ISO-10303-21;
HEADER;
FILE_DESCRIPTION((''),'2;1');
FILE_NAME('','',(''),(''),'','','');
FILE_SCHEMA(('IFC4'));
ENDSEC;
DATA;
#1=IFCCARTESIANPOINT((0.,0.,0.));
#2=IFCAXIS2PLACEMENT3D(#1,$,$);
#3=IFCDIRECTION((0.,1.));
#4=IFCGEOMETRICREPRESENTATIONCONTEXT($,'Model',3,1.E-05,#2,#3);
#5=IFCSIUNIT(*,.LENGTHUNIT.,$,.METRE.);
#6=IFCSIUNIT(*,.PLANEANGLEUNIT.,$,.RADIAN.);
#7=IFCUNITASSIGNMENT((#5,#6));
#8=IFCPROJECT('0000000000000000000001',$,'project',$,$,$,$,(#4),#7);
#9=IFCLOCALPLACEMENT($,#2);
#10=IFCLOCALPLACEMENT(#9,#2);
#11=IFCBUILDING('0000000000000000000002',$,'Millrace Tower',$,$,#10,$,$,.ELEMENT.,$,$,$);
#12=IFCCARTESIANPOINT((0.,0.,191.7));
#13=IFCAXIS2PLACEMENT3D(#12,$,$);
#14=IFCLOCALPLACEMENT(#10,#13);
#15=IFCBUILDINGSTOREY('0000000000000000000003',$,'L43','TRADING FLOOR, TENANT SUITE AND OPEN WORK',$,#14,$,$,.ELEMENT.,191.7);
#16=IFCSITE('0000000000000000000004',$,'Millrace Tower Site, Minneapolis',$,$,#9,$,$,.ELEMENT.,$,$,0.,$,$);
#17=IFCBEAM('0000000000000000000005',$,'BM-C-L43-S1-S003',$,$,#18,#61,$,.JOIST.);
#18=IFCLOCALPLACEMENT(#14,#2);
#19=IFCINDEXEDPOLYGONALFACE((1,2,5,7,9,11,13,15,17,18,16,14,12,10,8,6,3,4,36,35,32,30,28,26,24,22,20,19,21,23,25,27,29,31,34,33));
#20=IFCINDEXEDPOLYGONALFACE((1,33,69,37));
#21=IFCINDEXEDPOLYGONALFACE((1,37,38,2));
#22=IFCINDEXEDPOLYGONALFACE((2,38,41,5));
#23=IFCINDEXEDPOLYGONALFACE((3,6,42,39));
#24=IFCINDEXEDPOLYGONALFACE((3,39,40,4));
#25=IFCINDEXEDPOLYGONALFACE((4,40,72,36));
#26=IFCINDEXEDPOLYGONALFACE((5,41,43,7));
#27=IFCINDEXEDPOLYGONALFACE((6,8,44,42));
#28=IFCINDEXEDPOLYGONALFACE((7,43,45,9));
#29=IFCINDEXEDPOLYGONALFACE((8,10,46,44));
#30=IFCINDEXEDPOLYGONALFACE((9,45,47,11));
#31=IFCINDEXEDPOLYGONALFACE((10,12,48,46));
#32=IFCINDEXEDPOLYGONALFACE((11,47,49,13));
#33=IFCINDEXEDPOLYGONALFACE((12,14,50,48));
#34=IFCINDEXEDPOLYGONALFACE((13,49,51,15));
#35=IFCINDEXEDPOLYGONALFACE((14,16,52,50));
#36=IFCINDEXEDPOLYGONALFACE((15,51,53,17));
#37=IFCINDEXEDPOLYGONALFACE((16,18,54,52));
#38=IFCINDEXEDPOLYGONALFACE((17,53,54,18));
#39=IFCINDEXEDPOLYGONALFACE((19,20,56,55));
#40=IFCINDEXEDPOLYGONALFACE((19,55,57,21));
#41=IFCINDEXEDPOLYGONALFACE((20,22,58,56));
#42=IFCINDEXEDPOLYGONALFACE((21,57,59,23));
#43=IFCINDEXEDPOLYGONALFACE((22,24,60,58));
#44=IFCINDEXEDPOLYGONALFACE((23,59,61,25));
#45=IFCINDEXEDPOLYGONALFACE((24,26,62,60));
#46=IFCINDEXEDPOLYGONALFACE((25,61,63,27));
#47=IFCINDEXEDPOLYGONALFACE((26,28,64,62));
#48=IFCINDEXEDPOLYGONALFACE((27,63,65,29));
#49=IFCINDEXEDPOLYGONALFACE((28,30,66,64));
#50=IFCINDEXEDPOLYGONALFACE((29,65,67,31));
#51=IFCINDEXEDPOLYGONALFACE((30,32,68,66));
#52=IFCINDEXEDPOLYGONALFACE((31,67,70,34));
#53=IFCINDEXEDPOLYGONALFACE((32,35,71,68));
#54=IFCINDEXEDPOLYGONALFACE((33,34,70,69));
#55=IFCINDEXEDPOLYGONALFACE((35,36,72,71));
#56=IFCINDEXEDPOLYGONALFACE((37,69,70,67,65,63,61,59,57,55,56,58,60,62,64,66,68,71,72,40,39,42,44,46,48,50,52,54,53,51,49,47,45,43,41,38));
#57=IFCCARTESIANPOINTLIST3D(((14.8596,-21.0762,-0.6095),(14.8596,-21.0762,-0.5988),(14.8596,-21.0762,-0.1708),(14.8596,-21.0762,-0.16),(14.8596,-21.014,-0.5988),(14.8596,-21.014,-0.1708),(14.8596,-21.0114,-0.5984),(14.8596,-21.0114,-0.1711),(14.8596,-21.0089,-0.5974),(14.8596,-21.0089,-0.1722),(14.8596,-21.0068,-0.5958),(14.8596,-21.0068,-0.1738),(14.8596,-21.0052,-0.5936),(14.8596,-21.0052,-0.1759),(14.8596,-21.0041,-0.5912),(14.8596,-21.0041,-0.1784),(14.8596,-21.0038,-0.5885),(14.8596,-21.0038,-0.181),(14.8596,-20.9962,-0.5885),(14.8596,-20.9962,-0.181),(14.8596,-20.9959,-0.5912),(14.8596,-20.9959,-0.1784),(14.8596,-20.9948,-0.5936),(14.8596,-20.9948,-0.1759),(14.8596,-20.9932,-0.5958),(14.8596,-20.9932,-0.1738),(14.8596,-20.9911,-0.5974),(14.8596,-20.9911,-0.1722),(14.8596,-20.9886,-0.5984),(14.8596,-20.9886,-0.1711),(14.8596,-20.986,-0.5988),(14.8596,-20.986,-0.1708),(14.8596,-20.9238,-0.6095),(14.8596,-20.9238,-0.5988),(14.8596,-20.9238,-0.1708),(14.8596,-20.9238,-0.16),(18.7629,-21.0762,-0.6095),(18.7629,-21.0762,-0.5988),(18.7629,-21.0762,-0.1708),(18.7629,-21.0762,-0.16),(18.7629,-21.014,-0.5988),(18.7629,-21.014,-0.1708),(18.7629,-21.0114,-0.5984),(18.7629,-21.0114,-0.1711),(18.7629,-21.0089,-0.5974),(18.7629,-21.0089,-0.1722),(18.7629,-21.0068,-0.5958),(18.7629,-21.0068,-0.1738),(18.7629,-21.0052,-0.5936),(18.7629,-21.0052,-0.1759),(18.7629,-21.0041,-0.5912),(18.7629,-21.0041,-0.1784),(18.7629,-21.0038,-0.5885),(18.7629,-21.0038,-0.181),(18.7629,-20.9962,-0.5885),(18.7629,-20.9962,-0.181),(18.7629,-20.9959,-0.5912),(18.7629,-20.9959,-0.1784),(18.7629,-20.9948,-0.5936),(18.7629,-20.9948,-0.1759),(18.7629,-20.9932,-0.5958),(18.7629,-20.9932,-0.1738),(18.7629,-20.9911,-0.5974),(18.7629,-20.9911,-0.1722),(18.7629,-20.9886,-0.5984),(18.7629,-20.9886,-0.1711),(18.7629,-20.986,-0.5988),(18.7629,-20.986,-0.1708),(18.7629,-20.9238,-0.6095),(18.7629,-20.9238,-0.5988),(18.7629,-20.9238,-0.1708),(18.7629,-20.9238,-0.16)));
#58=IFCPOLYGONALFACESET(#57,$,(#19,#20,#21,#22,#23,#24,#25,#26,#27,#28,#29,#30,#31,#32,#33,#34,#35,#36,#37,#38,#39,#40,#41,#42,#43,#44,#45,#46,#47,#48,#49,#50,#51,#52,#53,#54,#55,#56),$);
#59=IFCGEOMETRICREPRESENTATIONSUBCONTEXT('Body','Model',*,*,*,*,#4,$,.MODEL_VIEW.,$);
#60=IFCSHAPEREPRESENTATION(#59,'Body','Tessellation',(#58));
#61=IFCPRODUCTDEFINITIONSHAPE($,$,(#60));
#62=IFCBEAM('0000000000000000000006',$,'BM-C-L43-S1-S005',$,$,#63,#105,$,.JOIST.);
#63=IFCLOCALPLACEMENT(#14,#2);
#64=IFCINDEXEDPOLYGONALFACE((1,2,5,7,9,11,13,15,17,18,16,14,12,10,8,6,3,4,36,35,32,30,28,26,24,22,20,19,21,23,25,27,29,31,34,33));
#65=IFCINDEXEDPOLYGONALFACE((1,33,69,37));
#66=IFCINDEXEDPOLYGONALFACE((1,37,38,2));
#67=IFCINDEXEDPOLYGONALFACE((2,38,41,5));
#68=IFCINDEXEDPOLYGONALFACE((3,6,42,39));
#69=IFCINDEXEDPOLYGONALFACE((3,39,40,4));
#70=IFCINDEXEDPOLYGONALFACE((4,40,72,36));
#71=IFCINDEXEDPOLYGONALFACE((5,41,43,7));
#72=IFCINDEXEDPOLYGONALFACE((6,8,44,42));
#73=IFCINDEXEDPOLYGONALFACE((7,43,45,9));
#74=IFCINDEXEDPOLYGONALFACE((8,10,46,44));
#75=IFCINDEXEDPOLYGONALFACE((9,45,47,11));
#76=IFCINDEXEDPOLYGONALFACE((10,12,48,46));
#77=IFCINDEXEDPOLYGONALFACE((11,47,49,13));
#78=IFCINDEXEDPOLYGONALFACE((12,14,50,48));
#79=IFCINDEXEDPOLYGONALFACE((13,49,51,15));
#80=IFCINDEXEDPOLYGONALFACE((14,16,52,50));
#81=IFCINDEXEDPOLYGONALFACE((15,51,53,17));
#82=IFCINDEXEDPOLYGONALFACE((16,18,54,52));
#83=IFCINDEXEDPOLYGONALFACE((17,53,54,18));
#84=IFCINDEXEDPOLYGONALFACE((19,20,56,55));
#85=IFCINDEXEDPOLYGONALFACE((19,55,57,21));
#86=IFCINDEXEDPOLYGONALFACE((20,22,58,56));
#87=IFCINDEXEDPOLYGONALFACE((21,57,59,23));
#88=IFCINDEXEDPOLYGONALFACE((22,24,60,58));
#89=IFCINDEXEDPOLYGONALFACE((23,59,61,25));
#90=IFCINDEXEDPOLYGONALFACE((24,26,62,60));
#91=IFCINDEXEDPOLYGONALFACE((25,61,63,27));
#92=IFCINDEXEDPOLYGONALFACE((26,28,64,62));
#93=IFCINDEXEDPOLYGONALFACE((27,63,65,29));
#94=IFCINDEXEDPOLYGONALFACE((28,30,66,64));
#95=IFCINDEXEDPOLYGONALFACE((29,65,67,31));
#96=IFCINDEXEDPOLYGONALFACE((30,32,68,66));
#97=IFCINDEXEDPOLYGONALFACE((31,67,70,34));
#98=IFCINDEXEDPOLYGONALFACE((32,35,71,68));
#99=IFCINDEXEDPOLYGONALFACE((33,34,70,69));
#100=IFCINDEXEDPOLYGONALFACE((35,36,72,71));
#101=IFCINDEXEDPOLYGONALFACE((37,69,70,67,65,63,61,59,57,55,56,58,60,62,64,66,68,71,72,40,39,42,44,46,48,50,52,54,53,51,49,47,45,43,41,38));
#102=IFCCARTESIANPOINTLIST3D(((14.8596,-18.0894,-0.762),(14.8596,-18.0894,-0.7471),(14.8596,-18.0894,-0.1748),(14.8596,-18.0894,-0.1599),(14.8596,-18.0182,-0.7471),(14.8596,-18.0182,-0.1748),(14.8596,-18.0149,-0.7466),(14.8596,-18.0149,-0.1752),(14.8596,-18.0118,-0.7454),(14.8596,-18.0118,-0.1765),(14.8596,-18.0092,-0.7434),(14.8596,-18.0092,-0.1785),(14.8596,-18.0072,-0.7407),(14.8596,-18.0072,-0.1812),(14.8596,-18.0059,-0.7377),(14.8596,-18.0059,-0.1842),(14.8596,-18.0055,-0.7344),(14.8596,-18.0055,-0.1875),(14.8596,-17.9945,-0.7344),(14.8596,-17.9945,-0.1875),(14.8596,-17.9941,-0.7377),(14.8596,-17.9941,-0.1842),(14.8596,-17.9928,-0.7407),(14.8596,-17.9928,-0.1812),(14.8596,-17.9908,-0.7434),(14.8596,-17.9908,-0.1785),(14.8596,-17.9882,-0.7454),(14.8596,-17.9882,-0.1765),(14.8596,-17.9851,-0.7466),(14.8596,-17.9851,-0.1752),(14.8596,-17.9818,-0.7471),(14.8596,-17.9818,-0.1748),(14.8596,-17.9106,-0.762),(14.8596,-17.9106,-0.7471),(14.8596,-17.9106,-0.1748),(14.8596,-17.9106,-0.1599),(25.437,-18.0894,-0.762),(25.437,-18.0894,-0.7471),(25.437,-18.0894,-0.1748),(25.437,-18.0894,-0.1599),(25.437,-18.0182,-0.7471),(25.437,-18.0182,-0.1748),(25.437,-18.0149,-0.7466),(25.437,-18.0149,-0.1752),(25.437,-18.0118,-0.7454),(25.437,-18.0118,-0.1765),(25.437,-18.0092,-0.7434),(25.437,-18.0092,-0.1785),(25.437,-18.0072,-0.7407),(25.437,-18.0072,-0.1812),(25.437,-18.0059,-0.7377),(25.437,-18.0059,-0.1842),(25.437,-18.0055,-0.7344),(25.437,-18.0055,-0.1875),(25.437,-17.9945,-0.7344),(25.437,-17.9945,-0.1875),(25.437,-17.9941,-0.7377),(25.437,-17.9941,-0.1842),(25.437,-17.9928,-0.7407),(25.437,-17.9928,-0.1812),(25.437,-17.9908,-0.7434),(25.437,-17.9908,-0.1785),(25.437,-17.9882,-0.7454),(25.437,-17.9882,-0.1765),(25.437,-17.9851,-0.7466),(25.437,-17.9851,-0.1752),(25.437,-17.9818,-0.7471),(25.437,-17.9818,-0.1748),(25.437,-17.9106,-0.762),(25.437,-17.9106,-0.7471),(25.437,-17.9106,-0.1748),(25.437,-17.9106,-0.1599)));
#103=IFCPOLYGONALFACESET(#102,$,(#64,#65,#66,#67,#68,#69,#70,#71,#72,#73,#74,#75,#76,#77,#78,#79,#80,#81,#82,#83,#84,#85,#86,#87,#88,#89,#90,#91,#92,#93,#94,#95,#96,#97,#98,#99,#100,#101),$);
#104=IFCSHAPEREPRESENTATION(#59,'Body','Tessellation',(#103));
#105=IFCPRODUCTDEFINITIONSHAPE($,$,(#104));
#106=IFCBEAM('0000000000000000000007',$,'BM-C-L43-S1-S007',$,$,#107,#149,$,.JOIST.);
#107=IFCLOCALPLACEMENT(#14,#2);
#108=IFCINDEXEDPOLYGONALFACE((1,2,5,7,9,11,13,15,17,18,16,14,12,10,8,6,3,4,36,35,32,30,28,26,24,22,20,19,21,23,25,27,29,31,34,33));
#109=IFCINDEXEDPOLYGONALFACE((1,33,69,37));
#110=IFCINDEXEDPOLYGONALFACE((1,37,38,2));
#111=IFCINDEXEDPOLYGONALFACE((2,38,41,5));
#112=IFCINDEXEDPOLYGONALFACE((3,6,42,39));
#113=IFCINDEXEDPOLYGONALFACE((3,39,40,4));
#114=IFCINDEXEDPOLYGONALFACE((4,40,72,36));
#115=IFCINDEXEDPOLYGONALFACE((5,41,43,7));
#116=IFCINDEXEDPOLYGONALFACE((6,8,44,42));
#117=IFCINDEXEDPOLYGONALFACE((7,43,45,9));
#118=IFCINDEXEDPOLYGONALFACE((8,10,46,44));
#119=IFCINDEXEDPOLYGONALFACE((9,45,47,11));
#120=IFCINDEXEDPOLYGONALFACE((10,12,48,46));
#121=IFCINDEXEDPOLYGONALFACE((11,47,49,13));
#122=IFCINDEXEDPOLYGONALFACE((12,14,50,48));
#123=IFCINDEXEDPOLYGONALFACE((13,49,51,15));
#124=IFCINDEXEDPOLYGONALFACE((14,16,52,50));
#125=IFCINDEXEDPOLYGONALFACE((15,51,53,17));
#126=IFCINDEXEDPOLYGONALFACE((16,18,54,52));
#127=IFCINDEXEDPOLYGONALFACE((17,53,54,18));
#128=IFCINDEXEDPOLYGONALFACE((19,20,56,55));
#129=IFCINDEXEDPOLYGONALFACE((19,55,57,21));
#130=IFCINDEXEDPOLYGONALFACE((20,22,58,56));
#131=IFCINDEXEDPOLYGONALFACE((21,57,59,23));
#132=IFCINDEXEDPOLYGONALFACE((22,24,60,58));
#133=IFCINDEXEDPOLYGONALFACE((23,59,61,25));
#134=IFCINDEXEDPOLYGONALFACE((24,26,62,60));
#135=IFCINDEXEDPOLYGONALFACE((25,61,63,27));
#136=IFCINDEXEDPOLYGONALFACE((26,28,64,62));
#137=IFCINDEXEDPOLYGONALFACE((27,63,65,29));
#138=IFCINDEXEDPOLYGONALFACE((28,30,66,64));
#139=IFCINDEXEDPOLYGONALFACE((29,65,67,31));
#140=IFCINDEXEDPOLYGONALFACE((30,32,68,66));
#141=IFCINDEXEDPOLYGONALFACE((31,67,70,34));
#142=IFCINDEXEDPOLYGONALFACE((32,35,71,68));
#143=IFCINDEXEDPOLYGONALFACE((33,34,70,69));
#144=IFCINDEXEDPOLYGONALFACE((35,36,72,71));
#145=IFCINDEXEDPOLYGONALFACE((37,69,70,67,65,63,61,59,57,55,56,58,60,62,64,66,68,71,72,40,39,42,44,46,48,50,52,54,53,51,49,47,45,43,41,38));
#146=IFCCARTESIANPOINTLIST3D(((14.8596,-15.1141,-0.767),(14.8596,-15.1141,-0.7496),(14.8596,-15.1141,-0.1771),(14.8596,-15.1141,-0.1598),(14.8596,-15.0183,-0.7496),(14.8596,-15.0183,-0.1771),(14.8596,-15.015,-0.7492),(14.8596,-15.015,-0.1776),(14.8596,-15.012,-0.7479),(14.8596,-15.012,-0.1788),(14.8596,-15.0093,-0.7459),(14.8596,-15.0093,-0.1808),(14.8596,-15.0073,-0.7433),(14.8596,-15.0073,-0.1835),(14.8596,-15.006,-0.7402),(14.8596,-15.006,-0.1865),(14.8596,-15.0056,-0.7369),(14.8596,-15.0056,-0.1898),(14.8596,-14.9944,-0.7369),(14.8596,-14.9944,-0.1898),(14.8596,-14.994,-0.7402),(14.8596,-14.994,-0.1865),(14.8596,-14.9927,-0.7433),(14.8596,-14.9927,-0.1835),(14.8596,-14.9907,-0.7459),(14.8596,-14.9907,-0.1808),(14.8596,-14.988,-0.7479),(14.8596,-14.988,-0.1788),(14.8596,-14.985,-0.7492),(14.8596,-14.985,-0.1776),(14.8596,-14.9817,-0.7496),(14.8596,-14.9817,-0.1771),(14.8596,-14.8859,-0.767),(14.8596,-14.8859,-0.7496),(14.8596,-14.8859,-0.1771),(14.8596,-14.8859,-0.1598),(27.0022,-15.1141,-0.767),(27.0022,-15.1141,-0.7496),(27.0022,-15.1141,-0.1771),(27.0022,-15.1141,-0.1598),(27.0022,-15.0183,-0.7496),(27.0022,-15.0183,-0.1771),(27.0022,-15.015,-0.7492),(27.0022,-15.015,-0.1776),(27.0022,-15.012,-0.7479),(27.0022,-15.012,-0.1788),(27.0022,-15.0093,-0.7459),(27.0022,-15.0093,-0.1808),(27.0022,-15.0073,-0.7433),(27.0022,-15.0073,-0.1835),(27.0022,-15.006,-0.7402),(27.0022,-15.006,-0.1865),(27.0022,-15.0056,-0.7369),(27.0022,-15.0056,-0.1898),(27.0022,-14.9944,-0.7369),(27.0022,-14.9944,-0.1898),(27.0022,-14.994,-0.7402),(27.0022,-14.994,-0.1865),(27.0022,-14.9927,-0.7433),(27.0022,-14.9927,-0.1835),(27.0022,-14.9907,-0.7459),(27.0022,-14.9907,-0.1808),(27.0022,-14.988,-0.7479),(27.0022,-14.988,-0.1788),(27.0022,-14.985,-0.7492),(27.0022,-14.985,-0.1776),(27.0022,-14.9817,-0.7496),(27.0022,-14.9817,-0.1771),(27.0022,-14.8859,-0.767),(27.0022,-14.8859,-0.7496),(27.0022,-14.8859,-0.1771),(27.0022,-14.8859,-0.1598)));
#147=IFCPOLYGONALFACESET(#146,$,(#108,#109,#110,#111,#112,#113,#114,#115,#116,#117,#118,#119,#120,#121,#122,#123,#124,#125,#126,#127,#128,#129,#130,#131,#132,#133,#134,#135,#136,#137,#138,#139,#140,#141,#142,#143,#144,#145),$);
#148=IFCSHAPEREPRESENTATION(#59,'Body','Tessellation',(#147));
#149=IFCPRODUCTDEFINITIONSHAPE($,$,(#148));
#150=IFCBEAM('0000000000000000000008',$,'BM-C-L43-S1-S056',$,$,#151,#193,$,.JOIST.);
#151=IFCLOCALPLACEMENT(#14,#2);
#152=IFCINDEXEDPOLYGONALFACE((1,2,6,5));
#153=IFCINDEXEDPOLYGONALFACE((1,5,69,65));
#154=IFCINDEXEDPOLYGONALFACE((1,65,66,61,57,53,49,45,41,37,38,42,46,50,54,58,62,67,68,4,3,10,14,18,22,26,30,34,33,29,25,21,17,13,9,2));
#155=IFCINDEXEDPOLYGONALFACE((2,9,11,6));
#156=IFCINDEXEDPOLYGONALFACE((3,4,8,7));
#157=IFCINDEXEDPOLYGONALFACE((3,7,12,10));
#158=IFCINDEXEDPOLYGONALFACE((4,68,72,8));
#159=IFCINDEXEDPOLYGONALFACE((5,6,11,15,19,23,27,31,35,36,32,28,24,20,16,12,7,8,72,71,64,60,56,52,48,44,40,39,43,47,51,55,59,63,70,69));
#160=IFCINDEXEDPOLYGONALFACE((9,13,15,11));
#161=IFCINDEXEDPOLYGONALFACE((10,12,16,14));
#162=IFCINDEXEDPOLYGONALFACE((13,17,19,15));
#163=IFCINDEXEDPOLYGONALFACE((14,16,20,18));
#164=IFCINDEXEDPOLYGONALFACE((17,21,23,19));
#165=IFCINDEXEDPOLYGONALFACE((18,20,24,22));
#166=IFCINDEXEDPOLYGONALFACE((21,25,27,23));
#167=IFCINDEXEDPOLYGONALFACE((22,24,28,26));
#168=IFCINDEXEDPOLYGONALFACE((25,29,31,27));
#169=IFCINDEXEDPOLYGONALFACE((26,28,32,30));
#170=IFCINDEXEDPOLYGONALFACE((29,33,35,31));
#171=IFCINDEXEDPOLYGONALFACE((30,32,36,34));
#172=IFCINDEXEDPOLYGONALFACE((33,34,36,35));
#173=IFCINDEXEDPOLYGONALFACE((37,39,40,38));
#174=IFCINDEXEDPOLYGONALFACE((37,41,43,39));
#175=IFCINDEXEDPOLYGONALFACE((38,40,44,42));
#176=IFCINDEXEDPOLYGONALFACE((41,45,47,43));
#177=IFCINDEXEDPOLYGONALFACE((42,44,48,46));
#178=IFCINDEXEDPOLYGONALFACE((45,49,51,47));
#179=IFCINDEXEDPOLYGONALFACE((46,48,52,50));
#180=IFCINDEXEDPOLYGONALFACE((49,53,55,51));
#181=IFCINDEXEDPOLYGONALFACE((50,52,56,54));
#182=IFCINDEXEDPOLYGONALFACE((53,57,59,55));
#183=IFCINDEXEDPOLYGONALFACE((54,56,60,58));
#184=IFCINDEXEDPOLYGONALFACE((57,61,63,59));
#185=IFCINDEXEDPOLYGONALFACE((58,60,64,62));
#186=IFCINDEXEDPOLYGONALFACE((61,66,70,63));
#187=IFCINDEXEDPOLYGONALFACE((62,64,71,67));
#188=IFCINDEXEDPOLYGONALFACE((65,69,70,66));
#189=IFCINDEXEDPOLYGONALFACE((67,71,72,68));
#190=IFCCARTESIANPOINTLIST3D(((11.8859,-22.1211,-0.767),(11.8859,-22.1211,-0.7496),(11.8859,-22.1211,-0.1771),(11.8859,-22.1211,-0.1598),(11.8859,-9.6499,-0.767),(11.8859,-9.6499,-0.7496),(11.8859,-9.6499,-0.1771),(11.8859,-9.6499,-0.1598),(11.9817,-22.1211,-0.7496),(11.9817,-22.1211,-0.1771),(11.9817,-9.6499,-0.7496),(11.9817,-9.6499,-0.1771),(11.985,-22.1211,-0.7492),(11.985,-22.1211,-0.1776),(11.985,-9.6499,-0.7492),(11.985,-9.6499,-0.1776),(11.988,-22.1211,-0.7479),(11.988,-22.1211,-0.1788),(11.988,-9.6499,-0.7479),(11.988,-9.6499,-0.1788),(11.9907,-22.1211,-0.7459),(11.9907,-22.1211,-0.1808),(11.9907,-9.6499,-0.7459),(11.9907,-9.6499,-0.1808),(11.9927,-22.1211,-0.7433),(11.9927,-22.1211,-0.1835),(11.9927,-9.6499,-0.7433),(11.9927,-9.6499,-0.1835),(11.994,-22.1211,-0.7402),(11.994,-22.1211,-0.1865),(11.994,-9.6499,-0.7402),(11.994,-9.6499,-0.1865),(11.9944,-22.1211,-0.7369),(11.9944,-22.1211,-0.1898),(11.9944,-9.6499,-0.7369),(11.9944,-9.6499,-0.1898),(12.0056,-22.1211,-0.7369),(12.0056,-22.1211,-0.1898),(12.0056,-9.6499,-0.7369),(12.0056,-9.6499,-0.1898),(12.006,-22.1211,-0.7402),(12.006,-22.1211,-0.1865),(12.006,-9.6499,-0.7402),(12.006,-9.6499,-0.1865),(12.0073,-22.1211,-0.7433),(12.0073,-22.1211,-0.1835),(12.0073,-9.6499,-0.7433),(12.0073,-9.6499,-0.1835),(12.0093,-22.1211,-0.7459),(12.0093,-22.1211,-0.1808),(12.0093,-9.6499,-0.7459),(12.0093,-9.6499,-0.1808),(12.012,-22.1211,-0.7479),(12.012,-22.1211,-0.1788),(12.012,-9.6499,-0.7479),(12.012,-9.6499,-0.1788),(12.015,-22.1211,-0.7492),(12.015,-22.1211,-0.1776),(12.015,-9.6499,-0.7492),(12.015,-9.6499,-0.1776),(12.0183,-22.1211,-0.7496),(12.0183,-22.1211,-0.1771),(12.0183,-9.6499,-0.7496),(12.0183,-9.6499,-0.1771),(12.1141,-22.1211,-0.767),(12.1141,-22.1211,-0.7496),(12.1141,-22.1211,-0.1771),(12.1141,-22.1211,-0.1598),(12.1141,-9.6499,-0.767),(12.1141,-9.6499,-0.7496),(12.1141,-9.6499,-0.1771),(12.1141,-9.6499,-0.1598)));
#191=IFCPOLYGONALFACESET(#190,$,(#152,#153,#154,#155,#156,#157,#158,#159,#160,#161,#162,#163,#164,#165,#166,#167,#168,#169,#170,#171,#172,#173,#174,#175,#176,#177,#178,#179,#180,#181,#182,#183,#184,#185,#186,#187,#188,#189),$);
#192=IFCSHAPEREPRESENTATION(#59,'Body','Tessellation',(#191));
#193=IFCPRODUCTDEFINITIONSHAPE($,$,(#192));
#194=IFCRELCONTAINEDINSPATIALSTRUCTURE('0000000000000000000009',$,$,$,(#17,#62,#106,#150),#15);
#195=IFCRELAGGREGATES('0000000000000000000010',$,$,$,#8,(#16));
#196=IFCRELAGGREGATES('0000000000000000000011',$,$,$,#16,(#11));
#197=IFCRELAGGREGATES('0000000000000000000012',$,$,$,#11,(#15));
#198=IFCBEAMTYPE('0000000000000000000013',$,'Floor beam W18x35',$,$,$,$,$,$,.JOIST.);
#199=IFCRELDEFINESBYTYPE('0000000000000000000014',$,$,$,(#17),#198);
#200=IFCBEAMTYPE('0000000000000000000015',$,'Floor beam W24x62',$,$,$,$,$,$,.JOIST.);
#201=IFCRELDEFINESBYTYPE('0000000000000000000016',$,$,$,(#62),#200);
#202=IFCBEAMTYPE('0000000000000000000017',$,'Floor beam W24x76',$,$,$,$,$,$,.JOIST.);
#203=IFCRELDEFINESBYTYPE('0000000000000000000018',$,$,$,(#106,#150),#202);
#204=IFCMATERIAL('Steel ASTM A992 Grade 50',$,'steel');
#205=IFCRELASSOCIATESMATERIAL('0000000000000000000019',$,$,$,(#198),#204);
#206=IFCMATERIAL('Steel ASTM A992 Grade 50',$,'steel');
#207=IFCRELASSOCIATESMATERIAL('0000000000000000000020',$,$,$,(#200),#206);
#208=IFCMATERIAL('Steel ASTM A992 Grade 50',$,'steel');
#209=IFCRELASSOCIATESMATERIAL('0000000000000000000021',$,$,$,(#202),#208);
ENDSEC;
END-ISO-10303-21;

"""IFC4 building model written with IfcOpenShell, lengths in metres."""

from ifc_helpers import new_model, si_unit, direction, frame, origin, origin_2d, place, context, subcontext, project, spatial, i_section, extrude, material, material_profile, profile_set, type_object, element, save


model = new_model("IFC4")

# Units and contexts
model_context = context("Model", 3, precision=1e-05, world=origin(), true_north=direction((0.0, 1.0)))
body_context = subcontext(model_context, "Body", "Model", "MODEL_VIEW")
ifc_project = project(units=[si_unit("LENGTHUNIT", "METRE"), si_unit("PLANEANGLEUNIT", "RADIAN")], contexts=[model_context])

# Site, building, storey
site_placement = place(None, origin())
site = spatial("IfcSite", under=ifc_project, at=site_placement, Name="Millrace Tower Site, Minneapolis", CompositionType="ELEMENT", RefElevation=0.0)
building_placement = place(site_placement, origin())
building = spatial("IfcBuilding", under=site, at=building_placement, Name="Millrace Tower", CompositionType="ELEMENT")
storey_placement = place(building_placement, frame((0.0, 0.0, 191.7)))
storey = spatial("IfcBuildingStorey", under=building, at=storey_placement, Name="L43", Description="TRADING FLOOR, TENANT SUITE AND OPEN WORK", CompositionType="ELEMENT", Elevation=191.7)

# Beams
ifc_material_1 = material(Name="Steel ASTM A992 Grade 50", Category="steel")
ifc_material_profile_1 = material_profile(ifc_material_1, i_section(OverallWidth=0.1523, OverallDepth=0.4495, WebThickness=0.0076, FlangeThickness=0.0107, FilletRadius=0.0103, at=origin_2d()))
ifc_profile_set_1 = profile_set([ifc_material_profile_1], Name="Steel ASTM A992 Grade 50")
beam_type_1 = type_object("IfcBeamType", Name="Floor beam W18x35", PredefinedType="JOIST", material=ifc_profile_set_1)
beam_1_placement = place(storey_placement, frame((14.8596, -21.0, -0.3848), z_axis=(1.0, 0.0, 0.0), x_axis=(0.0, 1.0, 0.0)))
element("IfcBeam", 1, at=beam_1_placement, inside=storey, type_object=beam_type_1, Name="BM-C-L43-S1-S003", PredefinedType="JOIST", context=body_context, shape_type="SweptSolid", body=[
    extrude(i_section(OverallWidth=0.1523, OverallDepth=0.4495, WebThickness=0.0076, FlangeThickness=0.0107, FilletRadius=0.0103, at=origin_2d()), origin(), (0.0, 0.0, 1.0), 3.9033),
])
ifc_material_2 = material(Name="Steel ASTM A992 Grade 50", Category="steel")
ifc_material_profile_2 = material_profile(ifc_material_2, i_section(OverallWidth=0.1787, OverallDepth=0.6021, WebThickness=0.011, FlangeThickness=0.0149, FilletRadius=0.0127, at=origin_2d()))
ifc_profile_set_2 = profile_set([ifc_material_profile_2], Name="Steel ASTM A992 Grade 50")
beam_type_2 = type_object("IfcBeamType", Name="Floor beam W24x62", PredefinedType="JOIST", material=ifc_profile_set_2)
beam_2_placement = place(storey_placement, frame((14.8596, -18.0, -0.4609), z_axis=(1.0, 0.0, 0.0), x_axis=(0.0, 1.0, 0.0)))
element("IfcBeam", 2, at=beam_2_placement, inside=storey, type_object=beam_type_2, Name="BM-C-L43-S1-S005", PredefinedType="JOIST", context=body_context, shape_type="SweptSolid", body=[
    extrude(i_section(OverallWidth=0.1787, OverallDepth=0.6021, WebThickness=0.011, FlangeThickness=0.0149, FilletRadius=0.0127, at=origin_2d()), origin(), (0.0, 0.0, 1.0), 10.5774),
])
ifc_material_3 = material(Name="Steel ASTM A992 Grade 50", Category="steel")
ifc_material_profile_3 = material_profile(ifc_material_3, i_section(OverallWidth=0.2283, OverallDepth=0.6072, WebThickness=0.0112, FlangeThickness=0.0173, FilletRadius=0.0127, at=origin_2d()))
ifc_profile_set_3 = profile_set([ifc_material_profile_3], Name="Steel ASTM A992 Grade 50")
beam_type_3 = type_object("IfcBeamType", Name="Floor beam W24x76", PredefinedType="JOIST", material=ifc_profile_set_3)
beam_3_placement = place(storey_placement, frame((14.8596, -15.0, -0.4634), z_axis=(1.0, 0.0, 0.0), x_axis=(0.0, 1.0, 0.0)))
element("IfcBeam", 3, at=beam_3_placement, inside=storey, type_object=beam_type_3, Name="BM-C-L43-S1-S007", PredefinedType="JOIST", context=body_context, shape_type="SweptSolid", body=[
    extrude(i_section(OverallWidth=0.2283, OverallDepth=0.6072, WebThickness=0.0112, FlangeThickness=0.0173, FilletRadius=0.0127, at=origin_2d()), origin(), (0.0, 0.0, 1.0), 12.1426),
])
beam_4_placement = place(storey_placement, frame((12.0, -22.1211, -0.4634), z_axis=(0.0, 1.0, 0.0), x_axis=(-1.0, 0.0, 0.0)))
element("IfcBeam", 4, at=beam_4_placement, inside=storey, type_object=beam_type_3, Name="BM-C-L43-S1-S056", PredefinedType="JOIST", context=body_context, shape_type="SweptSolid", body=[
    extrude(i_section(OverallWidth=0.2283, OverallDepth=0.6072, WebThickness=0.0112, FlangeThickness=0.0173, FilletRadius=0.0127, at=origin_2d()), origin(), (0.0, 0.0, 1.0), 12.4712),
])

save(model, "model.ifc")
